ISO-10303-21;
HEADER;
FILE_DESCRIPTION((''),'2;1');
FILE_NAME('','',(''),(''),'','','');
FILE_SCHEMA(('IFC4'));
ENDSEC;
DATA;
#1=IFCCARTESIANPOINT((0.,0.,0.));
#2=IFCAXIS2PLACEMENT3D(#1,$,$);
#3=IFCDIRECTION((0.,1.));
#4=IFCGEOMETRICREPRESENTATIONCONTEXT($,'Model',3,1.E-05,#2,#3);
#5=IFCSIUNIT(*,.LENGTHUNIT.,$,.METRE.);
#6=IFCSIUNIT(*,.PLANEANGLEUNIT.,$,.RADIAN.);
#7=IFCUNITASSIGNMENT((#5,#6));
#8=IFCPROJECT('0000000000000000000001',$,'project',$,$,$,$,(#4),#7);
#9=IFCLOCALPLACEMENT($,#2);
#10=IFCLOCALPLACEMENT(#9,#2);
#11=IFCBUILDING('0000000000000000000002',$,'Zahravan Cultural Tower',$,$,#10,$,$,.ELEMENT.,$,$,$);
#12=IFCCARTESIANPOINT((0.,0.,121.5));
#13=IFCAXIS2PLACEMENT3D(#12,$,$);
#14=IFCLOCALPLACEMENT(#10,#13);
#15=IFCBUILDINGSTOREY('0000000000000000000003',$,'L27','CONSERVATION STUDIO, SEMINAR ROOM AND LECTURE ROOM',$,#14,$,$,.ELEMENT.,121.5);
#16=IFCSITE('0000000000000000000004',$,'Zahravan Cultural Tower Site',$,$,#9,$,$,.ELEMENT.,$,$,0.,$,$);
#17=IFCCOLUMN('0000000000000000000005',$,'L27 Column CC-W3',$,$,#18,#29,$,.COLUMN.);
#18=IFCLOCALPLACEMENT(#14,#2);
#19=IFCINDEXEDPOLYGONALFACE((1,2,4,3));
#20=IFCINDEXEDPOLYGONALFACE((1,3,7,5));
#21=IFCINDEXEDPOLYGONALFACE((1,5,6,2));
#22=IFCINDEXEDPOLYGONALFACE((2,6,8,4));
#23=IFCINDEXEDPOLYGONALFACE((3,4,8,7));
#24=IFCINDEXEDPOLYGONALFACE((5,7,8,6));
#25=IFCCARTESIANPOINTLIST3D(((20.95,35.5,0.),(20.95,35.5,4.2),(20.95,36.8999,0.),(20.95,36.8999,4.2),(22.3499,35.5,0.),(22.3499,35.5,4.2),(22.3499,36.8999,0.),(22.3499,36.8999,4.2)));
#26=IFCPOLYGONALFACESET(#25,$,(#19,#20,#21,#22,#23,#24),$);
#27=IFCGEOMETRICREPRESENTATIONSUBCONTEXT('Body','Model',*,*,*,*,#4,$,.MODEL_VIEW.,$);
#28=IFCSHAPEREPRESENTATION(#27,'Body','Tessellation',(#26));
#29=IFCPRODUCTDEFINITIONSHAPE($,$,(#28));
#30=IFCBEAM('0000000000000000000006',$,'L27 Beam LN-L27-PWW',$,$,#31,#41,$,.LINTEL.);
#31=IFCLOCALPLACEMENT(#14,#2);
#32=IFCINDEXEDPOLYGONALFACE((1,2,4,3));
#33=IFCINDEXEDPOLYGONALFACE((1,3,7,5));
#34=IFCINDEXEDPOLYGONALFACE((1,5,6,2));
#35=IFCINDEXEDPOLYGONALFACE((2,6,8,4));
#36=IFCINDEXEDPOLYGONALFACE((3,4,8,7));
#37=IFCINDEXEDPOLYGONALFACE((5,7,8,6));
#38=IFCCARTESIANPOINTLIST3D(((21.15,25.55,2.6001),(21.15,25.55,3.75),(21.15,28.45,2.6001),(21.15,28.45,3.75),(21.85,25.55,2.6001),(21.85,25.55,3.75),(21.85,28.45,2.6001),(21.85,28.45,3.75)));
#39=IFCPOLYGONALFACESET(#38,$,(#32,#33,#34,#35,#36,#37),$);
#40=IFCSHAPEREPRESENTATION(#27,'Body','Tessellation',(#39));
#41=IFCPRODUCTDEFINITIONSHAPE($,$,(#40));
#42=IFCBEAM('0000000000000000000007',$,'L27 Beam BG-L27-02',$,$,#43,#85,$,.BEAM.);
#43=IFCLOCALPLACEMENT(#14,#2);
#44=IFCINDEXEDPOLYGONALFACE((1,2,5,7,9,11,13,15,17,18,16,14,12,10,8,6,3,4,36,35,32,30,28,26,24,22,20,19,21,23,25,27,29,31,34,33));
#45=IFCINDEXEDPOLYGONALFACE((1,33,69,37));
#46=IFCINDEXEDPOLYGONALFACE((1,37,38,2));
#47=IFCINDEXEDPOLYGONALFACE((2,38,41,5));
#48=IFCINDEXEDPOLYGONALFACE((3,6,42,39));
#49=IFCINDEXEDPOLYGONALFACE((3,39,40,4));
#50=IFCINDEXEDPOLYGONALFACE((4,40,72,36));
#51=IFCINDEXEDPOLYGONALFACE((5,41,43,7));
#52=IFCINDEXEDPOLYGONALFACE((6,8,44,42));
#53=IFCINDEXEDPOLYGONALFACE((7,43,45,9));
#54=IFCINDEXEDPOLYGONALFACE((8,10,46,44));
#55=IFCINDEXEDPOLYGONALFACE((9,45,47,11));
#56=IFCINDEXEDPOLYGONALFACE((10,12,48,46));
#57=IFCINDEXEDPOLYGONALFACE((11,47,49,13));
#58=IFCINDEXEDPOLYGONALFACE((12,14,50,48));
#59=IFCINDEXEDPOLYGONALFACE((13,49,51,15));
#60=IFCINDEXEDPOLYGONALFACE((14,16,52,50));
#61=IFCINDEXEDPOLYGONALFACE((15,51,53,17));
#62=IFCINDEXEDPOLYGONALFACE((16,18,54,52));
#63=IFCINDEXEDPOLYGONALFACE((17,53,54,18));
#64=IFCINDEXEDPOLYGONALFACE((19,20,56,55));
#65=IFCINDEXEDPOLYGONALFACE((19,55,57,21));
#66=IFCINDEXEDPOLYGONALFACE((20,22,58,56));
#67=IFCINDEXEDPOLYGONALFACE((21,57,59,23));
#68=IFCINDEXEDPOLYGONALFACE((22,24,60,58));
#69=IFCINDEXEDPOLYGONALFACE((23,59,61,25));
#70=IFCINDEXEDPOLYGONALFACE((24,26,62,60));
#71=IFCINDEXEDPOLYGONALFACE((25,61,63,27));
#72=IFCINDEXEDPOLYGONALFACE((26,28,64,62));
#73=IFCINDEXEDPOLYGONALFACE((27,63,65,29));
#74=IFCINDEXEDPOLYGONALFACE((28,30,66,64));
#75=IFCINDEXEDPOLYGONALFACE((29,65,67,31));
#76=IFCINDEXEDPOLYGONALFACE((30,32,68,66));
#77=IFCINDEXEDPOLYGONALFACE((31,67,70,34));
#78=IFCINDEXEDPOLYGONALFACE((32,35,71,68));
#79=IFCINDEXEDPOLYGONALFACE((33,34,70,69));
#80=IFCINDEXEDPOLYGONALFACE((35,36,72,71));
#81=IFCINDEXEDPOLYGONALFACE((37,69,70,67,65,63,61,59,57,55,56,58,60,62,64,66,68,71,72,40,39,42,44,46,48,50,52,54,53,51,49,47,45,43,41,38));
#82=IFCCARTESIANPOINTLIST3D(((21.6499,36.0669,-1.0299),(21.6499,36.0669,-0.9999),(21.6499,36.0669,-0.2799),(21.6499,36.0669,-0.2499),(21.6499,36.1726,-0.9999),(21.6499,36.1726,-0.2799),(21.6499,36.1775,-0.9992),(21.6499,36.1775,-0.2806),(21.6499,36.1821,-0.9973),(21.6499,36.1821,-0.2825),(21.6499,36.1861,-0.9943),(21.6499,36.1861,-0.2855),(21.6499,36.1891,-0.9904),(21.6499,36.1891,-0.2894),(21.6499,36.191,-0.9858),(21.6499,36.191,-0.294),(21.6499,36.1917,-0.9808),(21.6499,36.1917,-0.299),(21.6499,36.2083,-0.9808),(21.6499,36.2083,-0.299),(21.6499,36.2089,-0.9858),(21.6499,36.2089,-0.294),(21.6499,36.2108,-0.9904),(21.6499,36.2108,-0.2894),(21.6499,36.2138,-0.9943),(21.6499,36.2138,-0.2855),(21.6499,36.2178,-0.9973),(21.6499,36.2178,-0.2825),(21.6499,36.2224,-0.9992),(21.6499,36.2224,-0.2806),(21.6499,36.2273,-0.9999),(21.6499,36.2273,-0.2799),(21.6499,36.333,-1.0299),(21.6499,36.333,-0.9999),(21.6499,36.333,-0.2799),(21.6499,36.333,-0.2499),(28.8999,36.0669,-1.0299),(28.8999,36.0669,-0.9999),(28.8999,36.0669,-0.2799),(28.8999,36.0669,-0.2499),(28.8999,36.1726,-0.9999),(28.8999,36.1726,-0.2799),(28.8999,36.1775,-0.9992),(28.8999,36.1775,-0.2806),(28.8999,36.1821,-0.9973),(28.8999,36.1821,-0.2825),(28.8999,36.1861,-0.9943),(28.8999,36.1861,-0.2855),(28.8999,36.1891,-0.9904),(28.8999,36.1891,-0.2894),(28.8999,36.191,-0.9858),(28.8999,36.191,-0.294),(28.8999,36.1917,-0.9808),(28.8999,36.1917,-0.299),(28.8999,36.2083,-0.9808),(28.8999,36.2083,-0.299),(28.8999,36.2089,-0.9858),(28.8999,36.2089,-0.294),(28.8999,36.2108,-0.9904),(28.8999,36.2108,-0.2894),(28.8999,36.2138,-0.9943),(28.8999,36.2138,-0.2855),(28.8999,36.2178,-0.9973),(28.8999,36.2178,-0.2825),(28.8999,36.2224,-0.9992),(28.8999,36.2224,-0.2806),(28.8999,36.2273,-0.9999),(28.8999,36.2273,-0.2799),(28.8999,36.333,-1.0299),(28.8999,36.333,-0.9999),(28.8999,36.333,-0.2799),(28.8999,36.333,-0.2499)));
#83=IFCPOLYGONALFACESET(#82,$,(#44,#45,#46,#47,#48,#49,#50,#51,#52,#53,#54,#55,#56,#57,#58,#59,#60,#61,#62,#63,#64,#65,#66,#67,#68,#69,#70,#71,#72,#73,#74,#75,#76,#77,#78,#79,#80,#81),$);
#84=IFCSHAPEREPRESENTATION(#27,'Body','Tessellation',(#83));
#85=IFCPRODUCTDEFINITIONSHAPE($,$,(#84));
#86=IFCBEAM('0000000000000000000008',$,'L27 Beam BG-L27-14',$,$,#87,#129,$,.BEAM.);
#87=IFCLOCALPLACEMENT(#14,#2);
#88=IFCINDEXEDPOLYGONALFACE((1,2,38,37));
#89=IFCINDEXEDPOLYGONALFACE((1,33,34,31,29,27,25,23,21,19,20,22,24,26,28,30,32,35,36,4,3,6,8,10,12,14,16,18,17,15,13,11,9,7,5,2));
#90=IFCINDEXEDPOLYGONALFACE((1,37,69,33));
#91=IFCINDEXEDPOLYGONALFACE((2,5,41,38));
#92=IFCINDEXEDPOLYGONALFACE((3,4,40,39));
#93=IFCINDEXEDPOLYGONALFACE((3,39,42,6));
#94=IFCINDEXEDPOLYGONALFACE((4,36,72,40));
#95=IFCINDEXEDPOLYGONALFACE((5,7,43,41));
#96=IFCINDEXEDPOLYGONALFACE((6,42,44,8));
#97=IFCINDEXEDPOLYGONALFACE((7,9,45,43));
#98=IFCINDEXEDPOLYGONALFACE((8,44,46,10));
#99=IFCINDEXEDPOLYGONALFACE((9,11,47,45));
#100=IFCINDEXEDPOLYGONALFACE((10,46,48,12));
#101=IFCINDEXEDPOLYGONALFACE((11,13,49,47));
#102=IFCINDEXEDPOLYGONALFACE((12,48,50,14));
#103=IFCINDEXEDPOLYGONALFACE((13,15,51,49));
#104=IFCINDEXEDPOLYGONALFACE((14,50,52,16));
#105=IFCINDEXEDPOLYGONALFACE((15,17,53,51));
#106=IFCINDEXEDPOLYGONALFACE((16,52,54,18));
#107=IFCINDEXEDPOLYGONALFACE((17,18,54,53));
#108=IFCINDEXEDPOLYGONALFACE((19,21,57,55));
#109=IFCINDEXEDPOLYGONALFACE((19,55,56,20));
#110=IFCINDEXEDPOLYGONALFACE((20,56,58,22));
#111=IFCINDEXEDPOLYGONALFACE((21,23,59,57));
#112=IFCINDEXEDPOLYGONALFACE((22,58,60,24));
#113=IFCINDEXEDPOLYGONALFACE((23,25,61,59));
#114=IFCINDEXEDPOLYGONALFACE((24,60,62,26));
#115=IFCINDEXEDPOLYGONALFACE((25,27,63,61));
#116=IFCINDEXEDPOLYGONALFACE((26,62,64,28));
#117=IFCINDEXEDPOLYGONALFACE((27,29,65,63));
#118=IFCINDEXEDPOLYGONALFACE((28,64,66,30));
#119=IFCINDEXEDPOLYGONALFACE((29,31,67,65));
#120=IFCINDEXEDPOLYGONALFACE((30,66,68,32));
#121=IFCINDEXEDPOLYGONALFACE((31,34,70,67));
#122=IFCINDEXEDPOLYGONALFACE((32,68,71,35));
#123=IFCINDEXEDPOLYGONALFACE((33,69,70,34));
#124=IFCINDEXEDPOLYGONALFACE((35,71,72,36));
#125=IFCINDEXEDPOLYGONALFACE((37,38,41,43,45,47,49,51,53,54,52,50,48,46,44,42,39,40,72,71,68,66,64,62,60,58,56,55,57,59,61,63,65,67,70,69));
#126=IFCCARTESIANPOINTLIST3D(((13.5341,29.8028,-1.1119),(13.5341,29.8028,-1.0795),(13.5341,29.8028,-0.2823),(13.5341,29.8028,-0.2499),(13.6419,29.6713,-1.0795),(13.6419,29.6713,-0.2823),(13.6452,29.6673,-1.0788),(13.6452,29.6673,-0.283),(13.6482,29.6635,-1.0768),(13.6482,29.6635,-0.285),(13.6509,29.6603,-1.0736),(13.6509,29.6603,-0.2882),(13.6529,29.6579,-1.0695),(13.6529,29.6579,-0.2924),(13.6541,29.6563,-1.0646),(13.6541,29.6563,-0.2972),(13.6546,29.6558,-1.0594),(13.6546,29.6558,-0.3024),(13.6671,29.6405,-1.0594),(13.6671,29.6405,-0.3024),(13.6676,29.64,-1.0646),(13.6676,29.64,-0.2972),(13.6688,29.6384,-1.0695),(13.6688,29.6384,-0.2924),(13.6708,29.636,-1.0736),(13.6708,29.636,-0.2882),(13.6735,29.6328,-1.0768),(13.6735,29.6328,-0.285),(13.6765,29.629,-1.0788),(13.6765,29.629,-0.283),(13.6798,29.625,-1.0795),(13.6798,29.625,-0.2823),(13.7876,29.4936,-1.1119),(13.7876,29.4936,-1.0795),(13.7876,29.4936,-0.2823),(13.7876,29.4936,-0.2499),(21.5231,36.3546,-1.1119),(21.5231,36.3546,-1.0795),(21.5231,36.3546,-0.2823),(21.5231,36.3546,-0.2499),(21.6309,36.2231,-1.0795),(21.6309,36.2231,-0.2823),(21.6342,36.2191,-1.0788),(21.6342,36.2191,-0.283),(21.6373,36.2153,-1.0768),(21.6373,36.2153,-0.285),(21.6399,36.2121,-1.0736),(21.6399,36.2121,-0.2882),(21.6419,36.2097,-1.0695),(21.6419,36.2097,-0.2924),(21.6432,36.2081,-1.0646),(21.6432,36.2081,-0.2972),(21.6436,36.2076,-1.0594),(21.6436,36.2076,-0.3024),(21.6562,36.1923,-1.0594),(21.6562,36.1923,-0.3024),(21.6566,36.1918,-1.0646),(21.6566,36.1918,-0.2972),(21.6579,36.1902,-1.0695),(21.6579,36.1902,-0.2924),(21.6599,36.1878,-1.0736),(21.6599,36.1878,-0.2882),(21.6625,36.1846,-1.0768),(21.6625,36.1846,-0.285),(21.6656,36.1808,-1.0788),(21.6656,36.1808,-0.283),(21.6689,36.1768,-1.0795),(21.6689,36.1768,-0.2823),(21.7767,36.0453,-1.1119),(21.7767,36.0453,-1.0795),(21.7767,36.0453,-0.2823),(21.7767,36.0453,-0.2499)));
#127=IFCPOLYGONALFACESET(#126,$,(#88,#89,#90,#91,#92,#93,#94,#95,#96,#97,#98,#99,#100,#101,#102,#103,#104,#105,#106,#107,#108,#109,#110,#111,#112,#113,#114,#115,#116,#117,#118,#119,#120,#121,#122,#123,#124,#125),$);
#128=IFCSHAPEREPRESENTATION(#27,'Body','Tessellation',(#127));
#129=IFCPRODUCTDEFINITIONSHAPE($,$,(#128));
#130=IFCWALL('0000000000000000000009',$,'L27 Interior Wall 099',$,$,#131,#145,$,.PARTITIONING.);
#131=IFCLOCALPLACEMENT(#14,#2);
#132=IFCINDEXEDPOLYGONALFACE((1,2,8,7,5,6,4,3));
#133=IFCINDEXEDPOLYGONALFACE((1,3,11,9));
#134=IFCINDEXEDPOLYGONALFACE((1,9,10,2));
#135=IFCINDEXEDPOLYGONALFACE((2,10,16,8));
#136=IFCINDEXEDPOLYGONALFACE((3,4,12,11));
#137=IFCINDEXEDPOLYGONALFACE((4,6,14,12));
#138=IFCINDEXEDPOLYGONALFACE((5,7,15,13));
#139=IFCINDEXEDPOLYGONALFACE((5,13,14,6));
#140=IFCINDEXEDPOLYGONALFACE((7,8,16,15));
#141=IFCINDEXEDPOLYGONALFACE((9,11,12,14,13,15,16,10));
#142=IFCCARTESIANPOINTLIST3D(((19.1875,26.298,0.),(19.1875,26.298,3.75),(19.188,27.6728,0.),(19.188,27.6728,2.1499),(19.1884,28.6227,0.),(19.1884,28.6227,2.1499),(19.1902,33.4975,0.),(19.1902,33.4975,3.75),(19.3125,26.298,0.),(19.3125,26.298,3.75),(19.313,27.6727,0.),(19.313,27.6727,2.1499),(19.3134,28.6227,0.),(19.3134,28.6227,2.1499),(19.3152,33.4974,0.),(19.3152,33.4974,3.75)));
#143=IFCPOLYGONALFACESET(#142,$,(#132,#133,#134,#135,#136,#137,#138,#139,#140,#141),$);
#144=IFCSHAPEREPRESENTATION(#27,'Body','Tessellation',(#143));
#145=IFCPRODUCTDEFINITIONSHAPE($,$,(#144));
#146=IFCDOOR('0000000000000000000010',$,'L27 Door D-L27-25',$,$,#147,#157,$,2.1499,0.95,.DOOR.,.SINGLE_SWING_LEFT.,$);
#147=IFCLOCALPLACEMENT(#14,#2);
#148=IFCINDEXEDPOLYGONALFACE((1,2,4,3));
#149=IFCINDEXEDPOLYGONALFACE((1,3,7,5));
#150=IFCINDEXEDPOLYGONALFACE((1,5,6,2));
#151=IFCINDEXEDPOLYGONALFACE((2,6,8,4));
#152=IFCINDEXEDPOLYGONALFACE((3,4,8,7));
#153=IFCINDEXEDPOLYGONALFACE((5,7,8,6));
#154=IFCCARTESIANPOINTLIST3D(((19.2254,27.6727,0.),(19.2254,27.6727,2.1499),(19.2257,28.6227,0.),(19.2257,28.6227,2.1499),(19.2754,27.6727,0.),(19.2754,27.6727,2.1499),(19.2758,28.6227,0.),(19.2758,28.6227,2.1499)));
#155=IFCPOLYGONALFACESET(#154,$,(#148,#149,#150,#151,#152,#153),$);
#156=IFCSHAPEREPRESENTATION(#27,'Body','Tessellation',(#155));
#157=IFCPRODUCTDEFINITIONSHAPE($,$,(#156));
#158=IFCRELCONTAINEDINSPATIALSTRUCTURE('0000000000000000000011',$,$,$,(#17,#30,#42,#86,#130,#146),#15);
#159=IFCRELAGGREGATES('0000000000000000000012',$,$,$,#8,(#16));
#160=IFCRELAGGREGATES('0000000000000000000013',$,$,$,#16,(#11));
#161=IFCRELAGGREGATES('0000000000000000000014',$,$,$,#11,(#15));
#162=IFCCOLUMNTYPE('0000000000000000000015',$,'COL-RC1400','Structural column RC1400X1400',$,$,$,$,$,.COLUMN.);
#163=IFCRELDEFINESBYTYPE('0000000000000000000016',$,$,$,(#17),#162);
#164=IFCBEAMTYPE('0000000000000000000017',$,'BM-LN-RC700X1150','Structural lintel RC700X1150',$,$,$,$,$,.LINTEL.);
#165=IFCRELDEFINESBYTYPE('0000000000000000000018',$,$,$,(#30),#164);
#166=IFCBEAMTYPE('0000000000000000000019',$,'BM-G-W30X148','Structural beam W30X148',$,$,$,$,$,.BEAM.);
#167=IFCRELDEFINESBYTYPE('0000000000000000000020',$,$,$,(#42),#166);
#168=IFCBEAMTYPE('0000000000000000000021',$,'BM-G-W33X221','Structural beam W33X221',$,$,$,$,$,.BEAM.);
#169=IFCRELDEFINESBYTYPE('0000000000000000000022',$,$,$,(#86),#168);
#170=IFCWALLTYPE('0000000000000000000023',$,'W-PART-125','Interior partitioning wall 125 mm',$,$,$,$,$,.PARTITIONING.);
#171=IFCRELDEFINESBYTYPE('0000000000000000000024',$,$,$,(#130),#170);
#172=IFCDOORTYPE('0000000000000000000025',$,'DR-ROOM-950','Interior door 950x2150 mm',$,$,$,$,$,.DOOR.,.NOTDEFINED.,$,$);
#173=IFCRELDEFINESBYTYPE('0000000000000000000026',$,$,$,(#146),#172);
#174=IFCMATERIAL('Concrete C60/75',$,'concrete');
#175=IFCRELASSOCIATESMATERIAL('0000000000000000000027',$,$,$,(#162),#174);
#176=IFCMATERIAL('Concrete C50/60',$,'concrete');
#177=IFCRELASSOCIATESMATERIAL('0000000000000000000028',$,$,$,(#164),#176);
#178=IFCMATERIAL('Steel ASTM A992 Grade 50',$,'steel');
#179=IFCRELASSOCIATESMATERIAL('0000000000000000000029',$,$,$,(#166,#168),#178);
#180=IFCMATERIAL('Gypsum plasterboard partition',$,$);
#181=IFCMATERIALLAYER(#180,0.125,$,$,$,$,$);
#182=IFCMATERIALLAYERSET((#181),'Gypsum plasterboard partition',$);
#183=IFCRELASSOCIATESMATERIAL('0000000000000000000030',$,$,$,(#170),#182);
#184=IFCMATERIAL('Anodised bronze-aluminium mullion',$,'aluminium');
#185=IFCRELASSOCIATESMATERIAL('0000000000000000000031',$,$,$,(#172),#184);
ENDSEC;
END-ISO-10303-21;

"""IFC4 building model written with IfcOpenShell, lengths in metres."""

from ifc_helpers import new_model, si_unit, direction, frame, frame_2d, origin, origin_2d, place, context, subcontext, project, spatial, rectangle, i_section, extrude, source, transform, mapped, material, layer, layer_set, material_profile, profile_set, type_object, element, fill, save


model = new_model("IFC4")

# Units and contexts
model_context = context("Model", 3, precision=1e-05, world=origin(), true_north=direction((0.0, 1.0)))
body_context = subcontext(model_context, "Body", "Model", "MODEL_VIEW")
ifc_project = project(units=[si_unit("LENGTHUNIT", "METRE"), si_unit("PLANEANGLEUNIT", "RADIAN")], contexts=[model_context])

# Site, building, storey
site_placement = place(None, origin())
site = spatial("IfcSite", under=ifc_project, at=site_placement, Name="Zahravan Cultural Tower Site", CompositionType="ELEMENT", RefElevation=0.0)
building_placement = place(site_placement, origin())
building = spatial("IfcBuilding", under=site, at=building_placement, Name="Zahravan Cultural Tower", CompositionType="ELEMENT")
storey_placement = place(building_placement, frame((0.0, 0.0, 121.5)))
storey = spatial("IfcBuildingStorey", under=building, at=storey_placement, Name="L27", Description="CONSERVATION STUDIO, SEMINAR ROOM AND LECTURE ROOM", CompositionType="ELEMENT", Elevation=121.5)

# Column
ifc_material_1 = material(Name="Concrete C60/75", Category="concrete")
ifc_material_profile_1 = material_profile(ifc_material_1, rectangle(XDim=1.3999, YDim=1.3999, at=origin_2d()), Name="RC1400X1400")
ifc_profile_set_1 = profile_set([ifc_material_profile_1], Name="Concrete C60/75")
column_type = type_object("IfcColumnType", Name="COL-RC1400", Description="Structural column RC1400X1400", PredefinedType="COLUMN", material=ifc_profile_set_1)
shared_shape_1 = source(origin(), body_context, "Body", "SweptSolid", [
    extrude(rectangle(XDim=1.3999, YDim=1.3999, at=origin_2d()), origin(), (0.0, 0.0, 1.0), 4.2),
])
column_placement = place(storey_placement, frame((21.6499, 36.2, 0.0), z_axis=(0.0, 0.0, 1.0), x_axis=(1.0, 0.0, 0.0)))
element("IfcColumn", 1, at=column_placement, inside=storey, type_object=column_type, Name="L27 Column CC-W3", PredefinedType="COLUMN", context=body_context, shape_type="MappedRepresentation", body=[
    mapped(shared_shape_1, transform((0.0, 0.0, 0.0), x_axis=(1.0, 0.0, 0.0), y_axis=(0.0, 1.0, 0.0), z_axis=(0.0, 0.0, 1.0), scale=1.0)),
])

# Beams
ifc_material_2 = material(Name="Concrete C50/60", Category="concrete")
ifc_material_profile_2 = material_profile(ifc_material_2, rectangle(XDim=0.7, YDim=1.1499, at=origin_2d()), Name="RC700X1150")
ifc_profile_set_2 = profile_set([ifc_material_profile_2], Name="Concrete C50/60")
beam_type_1 = type_object("IfcBeamType", Name="BM-LN-RC700X1150", Description="Structural lintel RC700X1150", PredefinedType="LINTEL", material=ifc_profile_set_2)
shared_shape_2 = source(origin(), body_context, "Body", "SweptSolid", [
    extrude(rectangle(XDim=0.7, YDim=1.1499, at=origin_2d()), origin(), (0.0, 0.0, 1.0), 2.8999),
])
beam_1_placement = place(storey_placement, frame((21.5, 25.55, 3.175), z_axis=(0.0, 1.0, 0.0), x_axis=(-1.0, 0.0, 0.0)))
element("IfcBeam", 2, at=beam_1_placement, inside=storey, type_object=beam_type_1, Name="L27 Beam LN-L27-PWW", PredefinedType="LINTEL", context=body_context, shape_type="MappedRepresentation", body=[
    mapped(shared_shape_2, transform((0.0, 0.0, 0.0), x_axis=(1.0, 0.0, 0.0), y_axis=(0.0, 1.0, 0.0), z_axis=(0.0, 0.0, 1.0), scale=1.0)),
])
ifc_material_3 = material(Name="Steel ASTM A992 Grade 50", Category="steel")
ifc_material_profile_3 = material_profile(ifc_material_3, i_section(OverallWidth=0.2661, OverallDepth=0.78, WebThickness=0.0166, FlangeThickness=0.03, FilletRadius=0.019, at=origin_2d()), Name="W30X148")
ifc_profile_set_3 = profile_set([ifc_material_profile_3], Name="Steel ASTM A992 Grade 50")
beam_type_2 = type_object("IfcBeamType", Name="BM-G-W30X148", Description="Structural beam W30X148", PredefinedType="BEAM", material=ifc_profile_set_3)
shared_shape_3 = source(origin(), body_context, "Body", "SweptSolid", [
    extrude(i_section(OverallWidth=0.2661, OverallDepth=0.78, WebThickness=0.0166, FlangeThickness=0.03, FilletRadius=0.019, at=origin_2d()), origin(), (0.0, 0.0, 1.0), 7.25),
])
beam_2_placement = place(storey_placement, frame((21.6499, 36.2, -0.6399), z_axis=(1.0, 0.0, 0.0), x_axis=(0.0, 1.0, 0.0)))
element("IfcBeam", 3, at=beam_2_placement, inside=storey, type_object=beam_type_2, Name="L27 Beam BG-L27-02", PredefinedType="BEAM", context=body_context, shape_type="MappedRepresentation", body=[
    mapped(shared_shape_3, transform((0.0, 0.0, 0.0), x_axis=(1.0, 0.0, 0.0), y_axis=(0.0, 1.0, 0.0), z_axis=(0.0, 0.0, 1.0), scale=1.0)),
])
ifc_material_profile_4 = material_profile(ifc_material_3, i_section(OverallWidth=0.3999, OverallDepth=0.8621, WebThickness=0.0198, FlangeThickness=0.0325, FilletRadius=0.02, at=origin_2d()), Name="W33X221")
ifc_profile_set_4 = profile_set([ifc_material_profile_4], Name="Steel ASTM A992 Grade 50")
beam_type_3 = type_object("IfcBeamType", Name="BM-G-W33X221", Description="Structural beam W33X221", PredefinedType="BEAM", material=ifc_profile_set_4)
shared_shape_4 = source(origin(), body_context, "Body", "SweptSolid", [
    extrude(i_section(OverallWidth=0.3999, OverallDepth=0.8621, WebThickness=0.0198, FlangeThickness=0.0325, FilletRadius=0.02, at=origin_2d()), origin(), (0.0, 0.0, 1.0), 10.332),
])
beam_3_placement = place(storey_placement, frame((21.6499, 36.2, -0.6809), z_axis=(-0.773231, -0.634124, 0.0), x_axis=(0.634124, -0.773231, 0.0)))
element("IfcBeam", 4, at=beam_3_placement, inside=storey, type_object=beam_type_3, Name="L27 Beam BG-L27-14", PredefinedType="BEAM", context=body_context, shape_type="MappedRepresentation", body=[
    mapped(shared_shape_4, transform((0.0, 0.0, 0.0), x_axis=(1.0, 0.0, 0.0), y_axis=(0.0, 1.0, 0.0), z_axis=(0.0, 0.0, 1.0), scale=1.0)),
])

# Wall, opening, door
ifc_material_4 = material(Name="Gypsum plasterboard partition")
ifc_layer_1 = layer(ifc_material_4, 0.125)
ifc_layer_set_1 = layer_set([ifc_layer_1], Name="Gypsum plasterboard partition")
wall_type_1 = type_object("IfcWallType", Name="W-PART-125", Description="Interior partitioning wall 125 mm", PredefinedType="PARTITIONING", material=ifc_layer_set_1)
wall_1_placement = place(storey_placement, frame((19.2527, 33.4973, 0.0), z_axis=(0.0, 0.0, 1.0), x_axis=(-0.000373, -1.0, 0.0)))
wall_1 = element("IfcWall", 5, at=wall_1_placement, inside=storey, type_object=wall_type_1, Name="L27 Interior Wall 099", PredefinedType="PARTITIONING", context=body_context, shape_type="SweptSolid", body=[
    extrude(rectangle(XDim=7.1995, YDim=0.125, at=frame_2d((3.5996, 0.0))), origin(), (0.0, 0.0, 1.0), 3.75),
])
opening_placement = place(wall_1_placement, frame((4.8745, 0.0, 0.0)))
opening = element("IfcOpeningElement", 6, at=opening_placement, cuts=wall_1, PredefinedType="OPENING", context=body_context, shape_type="SweptSolid", body=[
    extrude(rectangle(XDim=0.95, YDim=2.1499, at=frame_2d((0.4751, 1.075))), frame((0.0, 0.0725, 0.0), z_axis=(0.0, -1.0, 0.0), x_axis=(1.0, 0.0, 0.0)), (0.0, 0.0, 1.0), 0.145),
])
ifc_material_5 = material(Name="Anodised bronze-aluminium mullion", Category="aluminium")
door_type = type_object("IfcDoorType", Name="DR-ROOM-950", Description="Interior door 950x2150 mm", OperationType="NOTDEFINED", PredefinedType="DOOR", material=ifc_material_5)
shared_shape_5 = source(origin(), body_context, "Body", "SweptSolid", [
    extrude(rectangle(XDim=0.95, YDim=2.1499, at=frame_2d((0.4751, 1.075))), frame((0.0, 0.0249, 0.0), z_axis=(0.0, -1.0, 0.0), x_axis=(1.0, 0.0, 0.0)), (0.0, 0.0, 1.0), 0.05),
])
door_placement = place(opening_placement, origin())
door = element("IfcDoor", 7, at=door_placement, inside=storey, type_object=door_type, Name="L27 Door D-L27-25", OperationType="SINGLE_SWING_LEFT", OverallHeight=2.1499, OverallWidth=0.95, PredefinedType="DOOR", context=body_context, shape_type="MappedRepresentation", body=[
    mapped(shared_shape_5, transform((0.0, 0.0, 0.0), x_axis=(1.0, 0.0, 0.0), y_axis=(0.0, 1.0, 0.0), z_axis=(0.0, 0.0, 1.0), scale=1.0)),
])
fill(opening, door)

save(model, "model.ifc")
